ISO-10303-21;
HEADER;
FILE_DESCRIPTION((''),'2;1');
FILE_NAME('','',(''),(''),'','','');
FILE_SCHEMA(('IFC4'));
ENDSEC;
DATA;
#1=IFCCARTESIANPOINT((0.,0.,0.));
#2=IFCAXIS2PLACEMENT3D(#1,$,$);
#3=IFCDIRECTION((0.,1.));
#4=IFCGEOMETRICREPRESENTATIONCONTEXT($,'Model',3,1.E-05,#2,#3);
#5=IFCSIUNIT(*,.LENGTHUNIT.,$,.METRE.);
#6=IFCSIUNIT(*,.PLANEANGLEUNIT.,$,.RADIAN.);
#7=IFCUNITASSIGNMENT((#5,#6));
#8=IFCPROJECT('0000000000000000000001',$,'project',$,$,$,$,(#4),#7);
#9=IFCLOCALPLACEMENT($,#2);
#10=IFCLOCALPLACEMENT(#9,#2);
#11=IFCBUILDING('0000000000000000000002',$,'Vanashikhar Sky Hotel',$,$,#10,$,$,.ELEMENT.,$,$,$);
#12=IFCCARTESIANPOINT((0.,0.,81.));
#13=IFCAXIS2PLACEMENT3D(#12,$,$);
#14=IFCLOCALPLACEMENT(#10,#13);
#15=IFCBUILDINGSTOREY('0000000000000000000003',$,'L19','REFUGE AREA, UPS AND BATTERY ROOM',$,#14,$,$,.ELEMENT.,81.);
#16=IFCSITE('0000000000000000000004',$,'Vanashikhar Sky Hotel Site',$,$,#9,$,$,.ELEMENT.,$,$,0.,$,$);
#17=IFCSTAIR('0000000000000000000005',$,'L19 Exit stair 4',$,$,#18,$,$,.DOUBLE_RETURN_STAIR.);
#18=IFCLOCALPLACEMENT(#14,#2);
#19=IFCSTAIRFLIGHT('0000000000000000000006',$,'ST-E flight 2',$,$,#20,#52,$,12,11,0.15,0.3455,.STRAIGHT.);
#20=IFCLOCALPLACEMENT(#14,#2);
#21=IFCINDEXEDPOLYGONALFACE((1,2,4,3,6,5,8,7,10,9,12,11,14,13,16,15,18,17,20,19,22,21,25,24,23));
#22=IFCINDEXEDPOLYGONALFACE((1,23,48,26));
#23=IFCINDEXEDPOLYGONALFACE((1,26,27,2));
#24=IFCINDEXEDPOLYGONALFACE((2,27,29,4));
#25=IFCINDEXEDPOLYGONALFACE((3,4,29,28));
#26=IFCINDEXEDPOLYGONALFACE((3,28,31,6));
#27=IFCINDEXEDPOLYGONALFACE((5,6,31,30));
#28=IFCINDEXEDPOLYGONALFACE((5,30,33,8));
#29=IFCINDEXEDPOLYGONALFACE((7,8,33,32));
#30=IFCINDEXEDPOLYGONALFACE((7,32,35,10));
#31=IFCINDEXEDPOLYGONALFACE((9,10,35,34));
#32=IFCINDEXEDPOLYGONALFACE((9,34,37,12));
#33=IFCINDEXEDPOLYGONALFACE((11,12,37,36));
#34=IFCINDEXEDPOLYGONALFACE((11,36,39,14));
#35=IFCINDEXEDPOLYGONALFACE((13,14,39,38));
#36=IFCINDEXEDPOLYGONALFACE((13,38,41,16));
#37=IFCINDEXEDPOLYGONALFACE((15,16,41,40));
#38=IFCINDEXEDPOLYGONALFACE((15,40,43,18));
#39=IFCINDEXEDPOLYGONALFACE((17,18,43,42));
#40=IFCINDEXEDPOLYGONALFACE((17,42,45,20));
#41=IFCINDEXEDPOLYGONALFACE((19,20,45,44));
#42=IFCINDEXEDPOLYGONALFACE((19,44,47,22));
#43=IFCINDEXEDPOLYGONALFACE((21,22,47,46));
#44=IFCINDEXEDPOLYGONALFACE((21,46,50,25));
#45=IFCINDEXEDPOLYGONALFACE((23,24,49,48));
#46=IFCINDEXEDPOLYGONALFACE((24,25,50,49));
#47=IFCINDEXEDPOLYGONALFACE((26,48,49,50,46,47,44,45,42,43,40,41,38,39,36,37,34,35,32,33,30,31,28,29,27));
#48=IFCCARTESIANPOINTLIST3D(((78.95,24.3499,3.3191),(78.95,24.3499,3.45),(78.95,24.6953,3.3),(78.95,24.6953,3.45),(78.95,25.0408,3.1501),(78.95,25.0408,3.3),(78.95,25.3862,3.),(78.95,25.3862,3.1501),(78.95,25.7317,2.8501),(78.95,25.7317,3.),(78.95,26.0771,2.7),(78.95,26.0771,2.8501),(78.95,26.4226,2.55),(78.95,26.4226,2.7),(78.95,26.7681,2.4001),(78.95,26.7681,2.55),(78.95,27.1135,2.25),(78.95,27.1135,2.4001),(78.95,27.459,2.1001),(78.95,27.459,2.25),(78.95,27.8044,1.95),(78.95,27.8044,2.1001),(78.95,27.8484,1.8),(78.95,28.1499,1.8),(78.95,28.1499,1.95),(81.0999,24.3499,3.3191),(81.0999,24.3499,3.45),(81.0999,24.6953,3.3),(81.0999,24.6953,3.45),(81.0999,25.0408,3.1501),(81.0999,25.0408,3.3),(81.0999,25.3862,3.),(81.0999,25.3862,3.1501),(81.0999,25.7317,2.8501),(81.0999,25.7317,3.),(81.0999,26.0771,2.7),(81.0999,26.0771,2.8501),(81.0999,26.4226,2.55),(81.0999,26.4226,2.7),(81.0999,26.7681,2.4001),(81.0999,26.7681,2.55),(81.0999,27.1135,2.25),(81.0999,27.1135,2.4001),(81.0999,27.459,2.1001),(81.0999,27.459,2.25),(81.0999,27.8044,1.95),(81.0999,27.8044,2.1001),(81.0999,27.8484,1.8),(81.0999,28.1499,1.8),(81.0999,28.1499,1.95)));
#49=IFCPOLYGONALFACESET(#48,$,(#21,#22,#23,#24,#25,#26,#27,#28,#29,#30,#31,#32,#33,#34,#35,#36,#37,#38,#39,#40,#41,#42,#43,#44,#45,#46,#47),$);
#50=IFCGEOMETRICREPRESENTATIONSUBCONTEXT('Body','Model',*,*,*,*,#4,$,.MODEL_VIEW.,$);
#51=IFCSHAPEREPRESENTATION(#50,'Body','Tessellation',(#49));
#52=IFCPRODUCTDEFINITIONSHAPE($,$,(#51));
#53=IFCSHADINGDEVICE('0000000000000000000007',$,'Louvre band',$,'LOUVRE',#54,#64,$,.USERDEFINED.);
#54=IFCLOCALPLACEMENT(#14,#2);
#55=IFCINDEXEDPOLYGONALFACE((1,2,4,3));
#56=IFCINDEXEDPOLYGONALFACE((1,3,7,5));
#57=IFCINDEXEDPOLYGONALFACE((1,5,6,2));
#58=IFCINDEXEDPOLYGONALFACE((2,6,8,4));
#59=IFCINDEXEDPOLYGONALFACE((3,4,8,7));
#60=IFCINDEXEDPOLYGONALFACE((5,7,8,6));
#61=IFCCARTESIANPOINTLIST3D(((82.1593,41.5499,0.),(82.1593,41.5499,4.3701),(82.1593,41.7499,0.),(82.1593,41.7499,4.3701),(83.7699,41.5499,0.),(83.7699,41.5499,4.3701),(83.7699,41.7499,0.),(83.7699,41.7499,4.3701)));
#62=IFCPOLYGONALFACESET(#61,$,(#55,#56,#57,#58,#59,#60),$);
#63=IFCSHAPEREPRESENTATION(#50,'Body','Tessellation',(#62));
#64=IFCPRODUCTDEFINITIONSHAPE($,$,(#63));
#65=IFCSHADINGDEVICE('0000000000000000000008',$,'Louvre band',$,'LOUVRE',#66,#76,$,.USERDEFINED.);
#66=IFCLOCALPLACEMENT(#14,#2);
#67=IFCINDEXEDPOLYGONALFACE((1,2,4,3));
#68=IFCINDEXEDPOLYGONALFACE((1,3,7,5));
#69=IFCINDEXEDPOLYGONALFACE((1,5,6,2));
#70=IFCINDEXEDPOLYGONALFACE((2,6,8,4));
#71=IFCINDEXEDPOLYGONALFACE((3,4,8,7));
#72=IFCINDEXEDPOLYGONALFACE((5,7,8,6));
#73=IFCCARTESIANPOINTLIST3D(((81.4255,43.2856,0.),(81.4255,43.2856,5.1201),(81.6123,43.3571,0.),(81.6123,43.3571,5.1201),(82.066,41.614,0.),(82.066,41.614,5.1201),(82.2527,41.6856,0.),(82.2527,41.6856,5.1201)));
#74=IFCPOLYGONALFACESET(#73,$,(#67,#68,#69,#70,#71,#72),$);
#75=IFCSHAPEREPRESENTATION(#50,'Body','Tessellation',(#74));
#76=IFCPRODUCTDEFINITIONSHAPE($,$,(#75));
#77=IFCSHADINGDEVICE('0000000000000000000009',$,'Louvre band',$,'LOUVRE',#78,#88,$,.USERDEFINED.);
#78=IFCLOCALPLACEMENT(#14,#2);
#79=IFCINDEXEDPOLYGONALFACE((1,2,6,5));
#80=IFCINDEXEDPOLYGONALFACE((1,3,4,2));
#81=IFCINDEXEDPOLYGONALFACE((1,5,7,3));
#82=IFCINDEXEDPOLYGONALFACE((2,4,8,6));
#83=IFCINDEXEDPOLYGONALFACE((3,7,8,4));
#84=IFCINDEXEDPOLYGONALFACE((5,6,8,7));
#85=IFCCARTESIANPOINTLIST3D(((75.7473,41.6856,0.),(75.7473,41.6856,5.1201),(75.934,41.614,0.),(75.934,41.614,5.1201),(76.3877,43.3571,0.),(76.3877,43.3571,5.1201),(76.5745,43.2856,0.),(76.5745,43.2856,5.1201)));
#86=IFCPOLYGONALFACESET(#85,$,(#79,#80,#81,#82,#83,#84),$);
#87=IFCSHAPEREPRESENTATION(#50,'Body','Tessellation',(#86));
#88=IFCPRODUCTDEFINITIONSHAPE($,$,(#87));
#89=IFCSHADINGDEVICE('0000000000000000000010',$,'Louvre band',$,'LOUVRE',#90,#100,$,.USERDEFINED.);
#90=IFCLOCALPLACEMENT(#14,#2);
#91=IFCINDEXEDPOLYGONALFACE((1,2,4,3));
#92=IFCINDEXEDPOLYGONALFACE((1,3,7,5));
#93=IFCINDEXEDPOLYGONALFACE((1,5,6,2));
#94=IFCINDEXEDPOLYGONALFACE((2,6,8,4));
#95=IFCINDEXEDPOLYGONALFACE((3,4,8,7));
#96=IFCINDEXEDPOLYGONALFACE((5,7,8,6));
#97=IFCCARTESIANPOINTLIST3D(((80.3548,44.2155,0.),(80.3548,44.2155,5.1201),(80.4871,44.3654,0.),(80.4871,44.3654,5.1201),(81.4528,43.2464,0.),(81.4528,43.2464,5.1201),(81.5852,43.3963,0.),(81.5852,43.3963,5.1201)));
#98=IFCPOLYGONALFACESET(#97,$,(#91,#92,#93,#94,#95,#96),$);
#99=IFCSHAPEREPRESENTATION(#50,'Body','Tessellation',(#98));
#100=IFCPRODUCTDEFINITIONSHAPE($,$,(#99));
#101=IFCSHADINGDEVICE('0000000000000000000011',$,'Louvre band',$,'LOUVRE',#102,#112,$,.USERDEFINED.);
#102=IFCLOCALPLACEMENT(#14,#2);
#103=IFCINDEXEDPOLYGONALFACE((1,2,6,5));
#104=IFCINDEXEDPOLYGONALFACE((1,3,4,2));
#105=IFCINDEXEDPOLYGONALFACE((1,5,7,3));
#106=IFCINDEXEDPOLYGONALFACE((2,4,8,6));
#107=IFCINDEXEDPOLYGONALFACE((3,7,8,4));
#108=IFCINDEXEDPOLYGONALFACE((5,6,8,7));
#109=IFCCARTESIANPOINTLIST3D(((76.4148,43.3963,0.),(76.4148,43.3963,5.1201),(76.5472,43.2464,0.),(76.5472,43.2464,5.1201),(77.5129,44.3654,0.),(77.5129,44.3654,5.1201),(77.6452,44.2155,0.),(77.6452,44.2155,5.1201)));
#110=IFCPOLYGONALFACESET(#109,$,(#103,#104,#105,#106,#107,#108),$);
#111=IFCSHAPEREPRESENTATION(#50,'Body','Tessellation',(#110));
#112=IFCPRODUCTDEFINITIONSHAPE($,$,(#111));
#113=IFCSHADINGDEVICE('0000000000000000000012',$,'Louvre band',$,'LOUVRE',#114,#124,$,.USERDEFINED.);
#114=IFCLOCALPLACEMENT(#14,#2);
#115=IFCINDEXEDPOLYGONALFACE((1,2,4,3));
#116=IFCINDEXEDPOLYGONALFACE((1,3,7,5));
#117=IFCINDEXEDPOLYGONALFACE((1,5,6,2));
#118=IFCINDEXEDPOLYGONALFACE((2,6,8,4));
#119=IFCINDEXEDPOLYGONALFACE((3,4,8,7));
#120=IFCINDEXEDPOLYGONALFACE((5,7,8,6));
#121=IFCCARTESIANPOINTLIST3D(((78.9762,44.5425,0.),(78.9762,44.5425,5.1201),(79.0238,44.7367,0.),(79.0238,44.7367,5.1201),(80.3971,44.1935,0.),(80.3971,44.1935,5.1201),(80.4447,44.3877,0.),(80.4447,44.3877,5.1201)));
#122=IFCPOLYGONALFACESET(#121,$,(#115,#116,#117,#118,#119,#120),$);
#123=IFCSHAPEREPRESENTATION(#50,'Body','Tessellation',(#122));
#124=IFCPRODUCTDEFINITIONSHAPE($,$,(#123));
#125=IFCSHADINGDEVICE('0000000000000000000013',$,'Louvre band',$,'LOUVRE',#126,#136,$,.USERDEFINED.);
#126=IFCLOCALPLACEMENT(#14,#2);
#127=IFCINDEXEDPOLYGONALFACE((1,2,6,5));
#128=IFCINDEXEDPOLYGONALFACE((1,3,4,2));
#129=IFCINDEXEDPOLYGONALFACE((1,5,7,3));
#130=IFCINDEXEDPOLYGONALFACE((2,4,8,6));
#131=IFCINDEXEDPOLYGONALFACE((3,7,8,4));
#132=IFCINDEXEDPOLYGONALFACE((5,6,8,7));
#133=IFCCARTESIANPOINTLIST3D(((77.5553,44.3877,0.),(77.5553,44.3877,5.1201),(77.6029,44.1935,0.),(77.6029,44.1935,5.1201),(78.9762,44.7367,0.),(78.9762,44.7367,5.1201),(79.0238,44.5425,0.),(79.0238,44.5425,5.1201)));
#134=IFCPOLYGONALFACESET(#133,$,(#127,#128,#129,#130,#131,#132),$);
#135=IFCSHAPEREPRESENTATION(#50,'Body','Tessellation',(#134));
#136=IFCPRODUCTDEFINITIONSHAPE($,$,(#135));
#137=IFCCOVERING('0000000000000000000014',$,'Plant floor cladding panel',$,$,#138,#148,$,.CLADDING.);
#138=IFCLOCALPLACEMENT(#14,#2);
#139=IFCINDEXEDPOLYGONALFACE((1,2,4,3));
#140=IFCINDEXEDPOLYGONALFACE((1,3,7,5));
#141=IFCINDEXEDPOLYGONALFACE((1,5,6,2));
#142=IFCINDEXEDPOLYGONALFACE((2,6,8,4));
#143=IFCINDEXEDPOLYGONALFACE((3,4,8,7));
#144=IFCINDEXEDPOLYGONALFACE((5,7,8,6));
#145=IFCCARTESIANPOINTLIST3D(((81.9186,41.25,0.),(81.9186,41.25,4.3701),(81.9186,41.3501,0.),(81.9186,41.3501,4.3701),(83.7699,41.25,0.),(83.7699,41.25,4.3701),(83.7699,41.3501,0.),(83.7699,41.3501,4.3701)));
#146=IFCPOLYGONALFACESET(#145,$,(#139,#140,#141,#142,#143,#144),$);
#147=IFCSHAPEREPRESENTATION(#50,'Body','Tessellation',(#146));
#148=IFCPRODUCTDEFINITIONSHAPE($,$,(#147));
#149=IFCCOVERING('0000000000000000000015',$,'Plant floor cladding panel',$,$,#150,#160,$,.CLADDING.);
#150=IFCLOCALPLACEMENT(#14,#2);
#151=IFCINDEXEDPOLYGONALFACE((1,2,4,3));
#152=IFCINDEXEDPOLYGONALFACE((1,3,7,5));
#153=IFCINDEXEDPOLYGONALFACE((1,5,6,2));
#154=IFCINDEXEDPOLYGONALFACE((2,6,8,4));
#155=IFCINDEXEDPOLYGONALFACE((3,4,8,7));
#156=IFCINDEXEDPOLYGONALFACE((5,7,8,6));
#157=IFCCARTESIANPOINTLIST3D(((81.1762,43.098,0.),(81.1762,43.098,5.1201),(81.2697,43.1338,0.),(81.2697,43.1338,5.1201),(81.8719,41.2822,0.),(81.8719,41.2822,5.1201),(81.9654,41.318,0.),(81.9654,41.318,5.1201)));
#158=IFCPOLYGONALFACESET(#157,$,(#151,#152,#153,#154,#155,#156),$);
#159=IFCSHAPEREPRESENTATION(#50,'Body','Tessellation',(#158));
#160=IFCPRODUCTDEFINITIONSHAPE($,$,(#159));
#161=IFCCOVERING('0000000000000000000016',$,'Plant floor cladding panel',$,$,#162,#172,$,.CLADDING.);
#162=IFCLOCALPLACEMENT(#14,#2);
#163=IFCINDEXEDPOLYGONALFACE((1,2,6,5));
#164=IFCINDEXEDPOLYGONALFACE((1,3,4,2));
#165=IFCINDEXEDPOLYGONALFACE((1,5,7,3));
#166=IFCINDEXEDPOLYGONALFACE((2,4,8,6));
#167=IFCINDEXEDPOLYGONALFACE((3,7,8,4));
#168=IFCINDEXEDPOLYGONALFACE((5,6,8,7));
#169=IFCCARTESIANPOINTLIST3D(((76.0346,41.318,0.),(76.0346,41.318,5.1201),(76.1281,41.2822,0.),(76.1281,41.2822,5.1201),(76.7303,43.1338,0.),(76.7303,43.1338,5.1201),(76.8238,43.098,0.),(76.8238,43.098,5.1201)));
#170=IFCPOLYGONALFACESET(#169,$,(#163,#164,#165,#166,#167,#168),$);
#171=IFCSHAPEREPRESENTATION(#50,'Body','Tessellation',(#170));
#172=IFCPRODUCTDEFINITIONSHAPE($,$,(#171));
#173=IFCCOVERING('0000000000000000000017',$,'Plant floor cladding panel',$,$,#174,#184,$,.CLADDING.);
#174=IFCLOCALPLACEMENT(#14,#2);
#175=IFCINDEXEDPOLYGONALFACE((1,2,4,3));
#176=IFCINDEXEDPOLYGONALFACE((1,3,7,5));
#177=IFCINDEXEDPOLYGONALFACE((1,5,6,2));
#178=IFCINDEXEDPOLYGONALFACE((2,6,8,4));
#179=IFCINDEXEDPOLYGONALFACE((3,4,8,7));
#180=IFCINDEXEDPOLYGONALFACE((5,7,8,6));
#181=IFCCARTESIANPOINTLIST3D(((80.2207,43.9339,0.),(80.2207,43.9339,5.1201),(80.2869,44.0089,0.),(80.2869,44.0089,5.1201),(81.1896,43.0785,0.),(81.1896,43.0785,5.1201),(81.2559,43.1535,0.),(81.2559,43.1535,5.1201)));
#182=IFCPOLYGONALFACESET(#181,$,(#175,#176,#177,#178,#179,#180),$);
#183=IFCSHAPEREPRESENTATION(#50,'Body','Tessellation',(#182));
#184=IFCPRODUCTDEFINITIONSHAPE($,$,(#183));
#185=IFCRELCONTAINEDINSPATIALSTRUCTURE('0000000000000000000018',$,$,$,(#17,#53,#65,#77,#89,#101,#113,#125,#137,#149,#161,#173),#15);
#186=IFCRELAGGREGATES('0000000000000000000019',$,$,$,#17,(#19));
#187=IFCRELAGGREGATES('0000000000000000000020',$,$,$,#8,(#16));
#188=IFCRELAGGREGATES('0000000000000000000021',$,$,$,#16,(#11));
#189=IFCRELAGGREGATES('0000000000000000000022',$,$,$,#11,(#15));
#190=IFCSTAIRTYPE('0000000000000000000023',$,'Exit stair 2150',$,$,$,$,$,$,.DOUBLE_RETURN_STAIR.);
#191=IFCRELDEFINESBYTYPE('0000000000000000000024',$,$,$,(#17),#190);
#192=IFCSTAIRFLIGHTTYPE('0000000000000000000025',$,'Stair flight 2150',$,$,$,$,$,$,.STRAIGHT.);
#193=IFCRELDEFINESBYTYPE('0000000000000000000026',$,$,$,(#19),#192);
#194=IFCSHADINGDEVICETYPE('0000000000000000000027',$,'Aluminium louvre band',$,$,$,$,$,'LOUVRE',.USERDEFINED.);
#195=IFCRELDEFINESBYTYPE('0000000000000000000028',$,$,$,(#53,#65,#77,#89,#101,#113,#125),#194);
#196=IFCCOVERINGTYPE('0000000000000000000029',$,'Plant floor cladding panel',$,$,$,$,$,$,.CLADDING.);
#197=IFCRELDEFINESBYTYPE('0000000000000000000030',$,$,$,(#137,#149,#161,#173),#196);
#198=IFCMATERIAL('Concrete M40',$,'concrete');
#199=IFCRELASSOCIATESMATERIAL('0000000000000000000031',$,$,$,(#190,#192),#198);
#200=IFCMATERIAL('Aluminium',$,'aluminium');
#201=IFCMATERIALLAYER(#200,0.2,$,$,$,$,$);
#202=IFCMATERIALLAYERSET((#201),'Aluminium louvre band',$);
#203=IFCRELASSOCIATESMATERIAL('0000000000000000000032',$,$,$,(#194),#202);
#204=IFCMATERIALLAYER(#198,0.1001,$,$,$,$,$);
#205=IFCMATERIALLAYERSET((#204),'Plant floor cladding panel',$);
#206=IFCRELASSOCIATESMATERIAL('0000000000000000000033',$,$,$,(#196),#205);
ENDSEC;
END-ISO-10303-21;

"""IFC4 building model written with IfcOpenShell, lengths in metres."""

from ifc_helpers import new_model, si_unit, direction, frame, origin, origin_2d, place, context, subcontext, project, spatial, polyline, rectangle, outline, extrude, source, transform, mapped, material, layer, layer_set, type_object, element, aggregate, save


model = new_model("IFC4")

# Units and contexts
model_context = context("Model", 3, precision=1e-05, world=origin(), true_north=direction((0.0, 1.0)))
body_context = subcontext(model_context, "Body", "Model", "MODEL_VIEW")
ifc_project = project(units=[si_unit("LENGTHUNIT", "METRE"), si_unit("PLANEANGLEUNIT", "RADIAN")], contexts=[model_context])

# Site, building, storey
site_placement = place(None, origin())
site = spatial("IfcSite", under=ifc_project, at=site_placement, Name="Vanashikhar Sky Hotel Site", CompositionType="ELEMENT", RefElevation=0.0)
building_placement = place(site_placement, origin())
building = spatial("IfcBuilding", under=site, at=building_placement, Name="Vanashikhar Sky Hotel", CompositionType="ELEMENT")
storey_placement = place(building_placement, frame((0.0, 0.0, 81.0)))
storey = spatial("IfcBuildingStorey", under=building, at=storey_placement, Name="L19", Description="REFUGE AREA, UPS AND BATTERY ROOM", CompositionType="ELEMENT", Elevation=81.0)

# Stair, stair flight
ifc_material_1 = material(Name="Concrete M40", Category="concrete")
stair_type = type_object("IfcStairType", Name="Exit stair 2150", PredefinedType="DOUBLE_RETURN_STAIR", material=ifc_material_1)
stair_placement = place(storey_placement, origin())
stair = element("IfcStair", 1, at=stair_placement, inside=storey, type_object=stair_type, Name="L19 Exit stair 4", PredefinedType="DOUBLE_RETURN_STAIR")
stair_flight_type = type_object("IfcStairFlightType", Name="Stair flight 2150", PredefinedType="STRAIGHT", material=ifc_material_1)
shared_shape_1 = source(origin(), body_context, "Body", "SweptSolid", [
    extrude(outline(polyline([(0.0, 0.0), (0.0, 0.1499), (0.3455, 0.1499), (0.3455, 0.3), (0.6909, 0.3), (0.6909, 0.45), (1.0364, 0.45), (1.0364, 0.6001), (1.3818, 0.6001), (1.3818, 0.75), (1.7273, 0.75), (1.7273, 0.8999), (2.0728, 0.8999), (2.0728, 1.05), (2.4182, 1.05), (2.4182, 1.2), (2.7637, 1.2), (2.7637, 1.3501), (3.1091, 1.3501), (3.1091, 1.5), (3.4546, 1.5), (3.4546, 1.6499), (3.8, 1.6499), (3.8, 1.8), (3.8, 1.519), (0.3015, 0.0), (0.0, 0.0)])), frame((0.0, 1.075, 0.0), z_axis=(0.0, -1.0, 0.0), x_axis=(1.0, 0.0, 0.0)), (0.0, 0.0, 1.0), 2.1499),
])
stair_flight_placement = place(storey_placement, frame((80.0249, 28.1499, 1.8), z_axis=(0.0, 0.0, 1.0), x_axis=(0.0, -1.0, 0.0)))
stair_flight = element("IfcStairFlight", 2, at=stair_flight_placement, type_object=stair_flight_type, Name="ST-E flight 2", NumberOfRisers=12, NumberOfTreads=11, PredefinedType="STRAIGHT", RiserHeight=0.15, TreadLength=0.3455, context=body_context, shape_type="MappedRepresentation", body=[
    mapped(shared_shape_1, transform((0.0, 0.0, 0.0), scale=1.0)),
])
aggregate(stair, [stair_flight])

# Shading devices
ifc_material_2 = material(Name="Aluminium", Category="aluminium")
ifc_layer_1 = layer(ifc_material_2, 0.2)
ifc_layer_set_1 = layer_set([ifc_layer_1], Name="Aluminium louvre band")
shading_device_type = type_object("IfcShadingDeviceType", Name="Aluminium louvre band", ElementType="LOUVRE", PredefinedType="USERDEFINED", material=ifc_layer_set_1)
shared_shape_2 = source(origin(), body_context, "Body", "SweptSolid", [
    extrude(rectangle(XDim=1.6106, YDim=0.2, at=origin_2d()), origin(), (0.0, 0.0, 1.0), 4.3701),
])
shading_device_placement = place(storey_placement, frame((82.9646, 41.6499, 0.0), z_axis=(0.0, 0.0, 1.0), x_axis=(-1.0, 0.0, 0.0)))
element("IfcShadingDevice", 3, at=shading_device_placement, inside=storey, type_object=shading_device_type, Name="Louvre band", ObjectType="LOUVRE", PredefinedType="USERDEFINED", context=body_context, shape_type="MappedRepresentation", body=[
    mapped(shared_shape_2, transform((0.0, 0.0, 0.0), scale=1.0)),
])
shared_shape_3 = source(origin(), body_context, "Body", "SweptSolid", [
    extrude(rectangle(XDim=1.79, YDim=0.2, at=origin_2d()), origin(), (0.0, 0.0, 1.0), 5.1201),
])
for number, where, z_axis, x_axis, name in (
    (4, (81.8391, 42.4856, 0.0), (0.0, 0.0, 1.0), (-0.357765, 0.933812, 0.0), "Louvre band"),
    (5, (76.1609, 42.4856, 0.0), (0.0, 0.0, 1.0), (-0.357765, -0.933812, 0.0), "Louvre band"),
):
    element("IfcShadingDevice", number, at=place(storey_placement, frame(where, z_axis=z_axis, x_axis=x_axis)), inside=storey, type_object=shading_device_type, Name=name, ObjectType="LOUVRE", PredefinedType="USERDEFINED", context=body_context, shape_type="MappedRepresentation", body=[
        mapped(shared_shape_3, transform((0.0, 0.0, 0.0), scale=1.0)),
    ])
shared_shape_4 = source(origin(), body_context, "Body", "SweptSolid", [
    extrude(rectangle(XDim=1.4646, YDim=0.2, at=origin_2d()), origin(), (0.0, 0.0, 1.0), 5.1201),
])
for number, where, z_axis, x_axis, name in (
    (6, (80.97, 43.8059, 0.0), (0.0, 0.0, 1.0), (-0.749742, 0.661731, 0.0), "Louvre band"),
    (7, (77.03, 43.8059, 0.0), (0.0, 0.0, 1.0), (-0.749742, -0.661731, 0.0), "Louvre band"),
):
    element("IfcShadingDevice", number, at=place(storey_placement, frame(where, z_axis=z_axis, x_axis=x_axis)), inside=storey, type_object=shading_device_type, Name=name, ObjectType="LOUVRE", PredefinedType="USERDEFINED", context=body_context, shape_type="MappedRepresentation", body=[
        mapped(shared_shape_4, transform((0.0, 0.0, 0.0), scale=1.0)),
    ])
shared_shape_5 = source(origin(), body_context, "Body", "SweptSolid", [
    extrude(rectangle(XDim=1.4631, YDim=0.2, at=origin_2d()), origin(), (0.0, 0.0, 1.0), 5.1201),
])
for number, where, z_axis, x_axis, name in (
    (8, (79.7104, 44.4651, 0.0), (0.0, 0.0, 1.0), (-0.971134, 0.238533, 0.0), "Louvre band"),
    (9, (78.2896, 44.4651, 0.0), (0.0, 0.0, 1.0), (-0.971134, -0.238533, 0.0), "Louvre band"),
):
    element("IfcShadingDevice", number, at=place(storey_placement, frame(where, z_axis=z_axis, x_axis=x_axis)), inside=storey, type_object=shading_device_type, Name=name, ObjectType="LOUVRE", PredefinedType="USERDEFINED", context=body_context, shape_type="MappedRepresentation", body=[
        mapped(shared_shape_5, transform((0.0, 0.0, 0.0), scale=1.0)),
    ])

# Coverings
ifc_layer_2 = layer(ifc_material_1, 0.1001)
ifc_layer_set_2 = layer_set([ifc_layer_2], Name="Plant floor cladding panel")
covering_type_1 = type_object("IfcCoveringType", Name="Plant floor cladding panel", PredefinedType="CLADDING", material=ifc_layer_set_2)
shared_shape_6 = source(origin(), body_context, "Body", "SweptSolid", [
    extrude(rectangle(XDim=1.8513, YDim=0.1001, at=origin_2d()), origin(), (0.0, 0.0, 1.0), 4.3701),
])
covering_placement = place(storey_placement, frame((82.8442, 41.3, 0.0), z_axis=(0.0, 0.0, 1.0), x_axis=(-1.0, 0.0, 0.0)))
element("IfcCovering", 10, at=covering_placement, inside=storey, type_object=covering_type_1, Name="Plant floor cladding panel", PredefinedType="CLADDING", context=body_context, shape_type="MappedRepresentation", body=[
    mapped(shared_shape_6, transform((0.0, 0.0, 0.0), scale=1.0)),
])
shared_shape_7 = source(origin(), body_context, "Body", "SweptSolid", [
    extrude(rectangle(XDim=1.9446, YDim=0.1001, at=origin_2d()), origin(), (0.0, 0.0, 1.0), 5.1201),
])
for number, where, z_axis, x_axis, name in (
    (11, (81.5708, 42.208, 0.0), (0.0, 0.0, 1.0), (-0.357781, 0.933805, 0.0), "Plant floor cladding panel"),
    (12, (76.4292, 42.208, 0.0), (0.0, 0.0, 1.0), (-0.357781, -0.933805, 0.0), "Plant floor cladding panel"),
):
    element("IfcCovering", number, at=place(storey_placement, frame(where, z_axis=z_axis, x_axis=x_axis)), inside=storey, type_object=covering_type_1, Name=name, PredefinedType="CLADDING", context=body_context, shape_type="MappedRepresentation", body=[
        mapped(shared_shape_7, transform((0.0, 0.0, 0.0), scale=1.0)),
    ])
shared_shape_8 = source(origin(), body_context, "Body", "SweptSolid", [
    extrude(rectangle(XDim=1.2925, YDim=0.1001, at=origin_2d()), origin(), (0.0, 0.0, 1.0), 5.1201),
])
for number, where, z_axis, x_axis, name in (
    (13, (80.7383, 43.5437, 0.0), (0.0, 0.0, 1.0), (-0.749684, 0.661796, 0.0), "Plant floor cladding panel"),
):
    element("IfcCovering", number, at=place(storey_placement, frame(where, z_axis=z_axis, x_axis=x_axis)), inside=storey, type_object=covering_type_1, Name=name, PredefinedType="CLADDING", context=body_context, shape_type="MappedRepresentation", body=[
        mapped(shared_shape_8, transform((0.0, 0.0, 0.0), scale=1.0)),
    ])

save(model, "model.ifc")
